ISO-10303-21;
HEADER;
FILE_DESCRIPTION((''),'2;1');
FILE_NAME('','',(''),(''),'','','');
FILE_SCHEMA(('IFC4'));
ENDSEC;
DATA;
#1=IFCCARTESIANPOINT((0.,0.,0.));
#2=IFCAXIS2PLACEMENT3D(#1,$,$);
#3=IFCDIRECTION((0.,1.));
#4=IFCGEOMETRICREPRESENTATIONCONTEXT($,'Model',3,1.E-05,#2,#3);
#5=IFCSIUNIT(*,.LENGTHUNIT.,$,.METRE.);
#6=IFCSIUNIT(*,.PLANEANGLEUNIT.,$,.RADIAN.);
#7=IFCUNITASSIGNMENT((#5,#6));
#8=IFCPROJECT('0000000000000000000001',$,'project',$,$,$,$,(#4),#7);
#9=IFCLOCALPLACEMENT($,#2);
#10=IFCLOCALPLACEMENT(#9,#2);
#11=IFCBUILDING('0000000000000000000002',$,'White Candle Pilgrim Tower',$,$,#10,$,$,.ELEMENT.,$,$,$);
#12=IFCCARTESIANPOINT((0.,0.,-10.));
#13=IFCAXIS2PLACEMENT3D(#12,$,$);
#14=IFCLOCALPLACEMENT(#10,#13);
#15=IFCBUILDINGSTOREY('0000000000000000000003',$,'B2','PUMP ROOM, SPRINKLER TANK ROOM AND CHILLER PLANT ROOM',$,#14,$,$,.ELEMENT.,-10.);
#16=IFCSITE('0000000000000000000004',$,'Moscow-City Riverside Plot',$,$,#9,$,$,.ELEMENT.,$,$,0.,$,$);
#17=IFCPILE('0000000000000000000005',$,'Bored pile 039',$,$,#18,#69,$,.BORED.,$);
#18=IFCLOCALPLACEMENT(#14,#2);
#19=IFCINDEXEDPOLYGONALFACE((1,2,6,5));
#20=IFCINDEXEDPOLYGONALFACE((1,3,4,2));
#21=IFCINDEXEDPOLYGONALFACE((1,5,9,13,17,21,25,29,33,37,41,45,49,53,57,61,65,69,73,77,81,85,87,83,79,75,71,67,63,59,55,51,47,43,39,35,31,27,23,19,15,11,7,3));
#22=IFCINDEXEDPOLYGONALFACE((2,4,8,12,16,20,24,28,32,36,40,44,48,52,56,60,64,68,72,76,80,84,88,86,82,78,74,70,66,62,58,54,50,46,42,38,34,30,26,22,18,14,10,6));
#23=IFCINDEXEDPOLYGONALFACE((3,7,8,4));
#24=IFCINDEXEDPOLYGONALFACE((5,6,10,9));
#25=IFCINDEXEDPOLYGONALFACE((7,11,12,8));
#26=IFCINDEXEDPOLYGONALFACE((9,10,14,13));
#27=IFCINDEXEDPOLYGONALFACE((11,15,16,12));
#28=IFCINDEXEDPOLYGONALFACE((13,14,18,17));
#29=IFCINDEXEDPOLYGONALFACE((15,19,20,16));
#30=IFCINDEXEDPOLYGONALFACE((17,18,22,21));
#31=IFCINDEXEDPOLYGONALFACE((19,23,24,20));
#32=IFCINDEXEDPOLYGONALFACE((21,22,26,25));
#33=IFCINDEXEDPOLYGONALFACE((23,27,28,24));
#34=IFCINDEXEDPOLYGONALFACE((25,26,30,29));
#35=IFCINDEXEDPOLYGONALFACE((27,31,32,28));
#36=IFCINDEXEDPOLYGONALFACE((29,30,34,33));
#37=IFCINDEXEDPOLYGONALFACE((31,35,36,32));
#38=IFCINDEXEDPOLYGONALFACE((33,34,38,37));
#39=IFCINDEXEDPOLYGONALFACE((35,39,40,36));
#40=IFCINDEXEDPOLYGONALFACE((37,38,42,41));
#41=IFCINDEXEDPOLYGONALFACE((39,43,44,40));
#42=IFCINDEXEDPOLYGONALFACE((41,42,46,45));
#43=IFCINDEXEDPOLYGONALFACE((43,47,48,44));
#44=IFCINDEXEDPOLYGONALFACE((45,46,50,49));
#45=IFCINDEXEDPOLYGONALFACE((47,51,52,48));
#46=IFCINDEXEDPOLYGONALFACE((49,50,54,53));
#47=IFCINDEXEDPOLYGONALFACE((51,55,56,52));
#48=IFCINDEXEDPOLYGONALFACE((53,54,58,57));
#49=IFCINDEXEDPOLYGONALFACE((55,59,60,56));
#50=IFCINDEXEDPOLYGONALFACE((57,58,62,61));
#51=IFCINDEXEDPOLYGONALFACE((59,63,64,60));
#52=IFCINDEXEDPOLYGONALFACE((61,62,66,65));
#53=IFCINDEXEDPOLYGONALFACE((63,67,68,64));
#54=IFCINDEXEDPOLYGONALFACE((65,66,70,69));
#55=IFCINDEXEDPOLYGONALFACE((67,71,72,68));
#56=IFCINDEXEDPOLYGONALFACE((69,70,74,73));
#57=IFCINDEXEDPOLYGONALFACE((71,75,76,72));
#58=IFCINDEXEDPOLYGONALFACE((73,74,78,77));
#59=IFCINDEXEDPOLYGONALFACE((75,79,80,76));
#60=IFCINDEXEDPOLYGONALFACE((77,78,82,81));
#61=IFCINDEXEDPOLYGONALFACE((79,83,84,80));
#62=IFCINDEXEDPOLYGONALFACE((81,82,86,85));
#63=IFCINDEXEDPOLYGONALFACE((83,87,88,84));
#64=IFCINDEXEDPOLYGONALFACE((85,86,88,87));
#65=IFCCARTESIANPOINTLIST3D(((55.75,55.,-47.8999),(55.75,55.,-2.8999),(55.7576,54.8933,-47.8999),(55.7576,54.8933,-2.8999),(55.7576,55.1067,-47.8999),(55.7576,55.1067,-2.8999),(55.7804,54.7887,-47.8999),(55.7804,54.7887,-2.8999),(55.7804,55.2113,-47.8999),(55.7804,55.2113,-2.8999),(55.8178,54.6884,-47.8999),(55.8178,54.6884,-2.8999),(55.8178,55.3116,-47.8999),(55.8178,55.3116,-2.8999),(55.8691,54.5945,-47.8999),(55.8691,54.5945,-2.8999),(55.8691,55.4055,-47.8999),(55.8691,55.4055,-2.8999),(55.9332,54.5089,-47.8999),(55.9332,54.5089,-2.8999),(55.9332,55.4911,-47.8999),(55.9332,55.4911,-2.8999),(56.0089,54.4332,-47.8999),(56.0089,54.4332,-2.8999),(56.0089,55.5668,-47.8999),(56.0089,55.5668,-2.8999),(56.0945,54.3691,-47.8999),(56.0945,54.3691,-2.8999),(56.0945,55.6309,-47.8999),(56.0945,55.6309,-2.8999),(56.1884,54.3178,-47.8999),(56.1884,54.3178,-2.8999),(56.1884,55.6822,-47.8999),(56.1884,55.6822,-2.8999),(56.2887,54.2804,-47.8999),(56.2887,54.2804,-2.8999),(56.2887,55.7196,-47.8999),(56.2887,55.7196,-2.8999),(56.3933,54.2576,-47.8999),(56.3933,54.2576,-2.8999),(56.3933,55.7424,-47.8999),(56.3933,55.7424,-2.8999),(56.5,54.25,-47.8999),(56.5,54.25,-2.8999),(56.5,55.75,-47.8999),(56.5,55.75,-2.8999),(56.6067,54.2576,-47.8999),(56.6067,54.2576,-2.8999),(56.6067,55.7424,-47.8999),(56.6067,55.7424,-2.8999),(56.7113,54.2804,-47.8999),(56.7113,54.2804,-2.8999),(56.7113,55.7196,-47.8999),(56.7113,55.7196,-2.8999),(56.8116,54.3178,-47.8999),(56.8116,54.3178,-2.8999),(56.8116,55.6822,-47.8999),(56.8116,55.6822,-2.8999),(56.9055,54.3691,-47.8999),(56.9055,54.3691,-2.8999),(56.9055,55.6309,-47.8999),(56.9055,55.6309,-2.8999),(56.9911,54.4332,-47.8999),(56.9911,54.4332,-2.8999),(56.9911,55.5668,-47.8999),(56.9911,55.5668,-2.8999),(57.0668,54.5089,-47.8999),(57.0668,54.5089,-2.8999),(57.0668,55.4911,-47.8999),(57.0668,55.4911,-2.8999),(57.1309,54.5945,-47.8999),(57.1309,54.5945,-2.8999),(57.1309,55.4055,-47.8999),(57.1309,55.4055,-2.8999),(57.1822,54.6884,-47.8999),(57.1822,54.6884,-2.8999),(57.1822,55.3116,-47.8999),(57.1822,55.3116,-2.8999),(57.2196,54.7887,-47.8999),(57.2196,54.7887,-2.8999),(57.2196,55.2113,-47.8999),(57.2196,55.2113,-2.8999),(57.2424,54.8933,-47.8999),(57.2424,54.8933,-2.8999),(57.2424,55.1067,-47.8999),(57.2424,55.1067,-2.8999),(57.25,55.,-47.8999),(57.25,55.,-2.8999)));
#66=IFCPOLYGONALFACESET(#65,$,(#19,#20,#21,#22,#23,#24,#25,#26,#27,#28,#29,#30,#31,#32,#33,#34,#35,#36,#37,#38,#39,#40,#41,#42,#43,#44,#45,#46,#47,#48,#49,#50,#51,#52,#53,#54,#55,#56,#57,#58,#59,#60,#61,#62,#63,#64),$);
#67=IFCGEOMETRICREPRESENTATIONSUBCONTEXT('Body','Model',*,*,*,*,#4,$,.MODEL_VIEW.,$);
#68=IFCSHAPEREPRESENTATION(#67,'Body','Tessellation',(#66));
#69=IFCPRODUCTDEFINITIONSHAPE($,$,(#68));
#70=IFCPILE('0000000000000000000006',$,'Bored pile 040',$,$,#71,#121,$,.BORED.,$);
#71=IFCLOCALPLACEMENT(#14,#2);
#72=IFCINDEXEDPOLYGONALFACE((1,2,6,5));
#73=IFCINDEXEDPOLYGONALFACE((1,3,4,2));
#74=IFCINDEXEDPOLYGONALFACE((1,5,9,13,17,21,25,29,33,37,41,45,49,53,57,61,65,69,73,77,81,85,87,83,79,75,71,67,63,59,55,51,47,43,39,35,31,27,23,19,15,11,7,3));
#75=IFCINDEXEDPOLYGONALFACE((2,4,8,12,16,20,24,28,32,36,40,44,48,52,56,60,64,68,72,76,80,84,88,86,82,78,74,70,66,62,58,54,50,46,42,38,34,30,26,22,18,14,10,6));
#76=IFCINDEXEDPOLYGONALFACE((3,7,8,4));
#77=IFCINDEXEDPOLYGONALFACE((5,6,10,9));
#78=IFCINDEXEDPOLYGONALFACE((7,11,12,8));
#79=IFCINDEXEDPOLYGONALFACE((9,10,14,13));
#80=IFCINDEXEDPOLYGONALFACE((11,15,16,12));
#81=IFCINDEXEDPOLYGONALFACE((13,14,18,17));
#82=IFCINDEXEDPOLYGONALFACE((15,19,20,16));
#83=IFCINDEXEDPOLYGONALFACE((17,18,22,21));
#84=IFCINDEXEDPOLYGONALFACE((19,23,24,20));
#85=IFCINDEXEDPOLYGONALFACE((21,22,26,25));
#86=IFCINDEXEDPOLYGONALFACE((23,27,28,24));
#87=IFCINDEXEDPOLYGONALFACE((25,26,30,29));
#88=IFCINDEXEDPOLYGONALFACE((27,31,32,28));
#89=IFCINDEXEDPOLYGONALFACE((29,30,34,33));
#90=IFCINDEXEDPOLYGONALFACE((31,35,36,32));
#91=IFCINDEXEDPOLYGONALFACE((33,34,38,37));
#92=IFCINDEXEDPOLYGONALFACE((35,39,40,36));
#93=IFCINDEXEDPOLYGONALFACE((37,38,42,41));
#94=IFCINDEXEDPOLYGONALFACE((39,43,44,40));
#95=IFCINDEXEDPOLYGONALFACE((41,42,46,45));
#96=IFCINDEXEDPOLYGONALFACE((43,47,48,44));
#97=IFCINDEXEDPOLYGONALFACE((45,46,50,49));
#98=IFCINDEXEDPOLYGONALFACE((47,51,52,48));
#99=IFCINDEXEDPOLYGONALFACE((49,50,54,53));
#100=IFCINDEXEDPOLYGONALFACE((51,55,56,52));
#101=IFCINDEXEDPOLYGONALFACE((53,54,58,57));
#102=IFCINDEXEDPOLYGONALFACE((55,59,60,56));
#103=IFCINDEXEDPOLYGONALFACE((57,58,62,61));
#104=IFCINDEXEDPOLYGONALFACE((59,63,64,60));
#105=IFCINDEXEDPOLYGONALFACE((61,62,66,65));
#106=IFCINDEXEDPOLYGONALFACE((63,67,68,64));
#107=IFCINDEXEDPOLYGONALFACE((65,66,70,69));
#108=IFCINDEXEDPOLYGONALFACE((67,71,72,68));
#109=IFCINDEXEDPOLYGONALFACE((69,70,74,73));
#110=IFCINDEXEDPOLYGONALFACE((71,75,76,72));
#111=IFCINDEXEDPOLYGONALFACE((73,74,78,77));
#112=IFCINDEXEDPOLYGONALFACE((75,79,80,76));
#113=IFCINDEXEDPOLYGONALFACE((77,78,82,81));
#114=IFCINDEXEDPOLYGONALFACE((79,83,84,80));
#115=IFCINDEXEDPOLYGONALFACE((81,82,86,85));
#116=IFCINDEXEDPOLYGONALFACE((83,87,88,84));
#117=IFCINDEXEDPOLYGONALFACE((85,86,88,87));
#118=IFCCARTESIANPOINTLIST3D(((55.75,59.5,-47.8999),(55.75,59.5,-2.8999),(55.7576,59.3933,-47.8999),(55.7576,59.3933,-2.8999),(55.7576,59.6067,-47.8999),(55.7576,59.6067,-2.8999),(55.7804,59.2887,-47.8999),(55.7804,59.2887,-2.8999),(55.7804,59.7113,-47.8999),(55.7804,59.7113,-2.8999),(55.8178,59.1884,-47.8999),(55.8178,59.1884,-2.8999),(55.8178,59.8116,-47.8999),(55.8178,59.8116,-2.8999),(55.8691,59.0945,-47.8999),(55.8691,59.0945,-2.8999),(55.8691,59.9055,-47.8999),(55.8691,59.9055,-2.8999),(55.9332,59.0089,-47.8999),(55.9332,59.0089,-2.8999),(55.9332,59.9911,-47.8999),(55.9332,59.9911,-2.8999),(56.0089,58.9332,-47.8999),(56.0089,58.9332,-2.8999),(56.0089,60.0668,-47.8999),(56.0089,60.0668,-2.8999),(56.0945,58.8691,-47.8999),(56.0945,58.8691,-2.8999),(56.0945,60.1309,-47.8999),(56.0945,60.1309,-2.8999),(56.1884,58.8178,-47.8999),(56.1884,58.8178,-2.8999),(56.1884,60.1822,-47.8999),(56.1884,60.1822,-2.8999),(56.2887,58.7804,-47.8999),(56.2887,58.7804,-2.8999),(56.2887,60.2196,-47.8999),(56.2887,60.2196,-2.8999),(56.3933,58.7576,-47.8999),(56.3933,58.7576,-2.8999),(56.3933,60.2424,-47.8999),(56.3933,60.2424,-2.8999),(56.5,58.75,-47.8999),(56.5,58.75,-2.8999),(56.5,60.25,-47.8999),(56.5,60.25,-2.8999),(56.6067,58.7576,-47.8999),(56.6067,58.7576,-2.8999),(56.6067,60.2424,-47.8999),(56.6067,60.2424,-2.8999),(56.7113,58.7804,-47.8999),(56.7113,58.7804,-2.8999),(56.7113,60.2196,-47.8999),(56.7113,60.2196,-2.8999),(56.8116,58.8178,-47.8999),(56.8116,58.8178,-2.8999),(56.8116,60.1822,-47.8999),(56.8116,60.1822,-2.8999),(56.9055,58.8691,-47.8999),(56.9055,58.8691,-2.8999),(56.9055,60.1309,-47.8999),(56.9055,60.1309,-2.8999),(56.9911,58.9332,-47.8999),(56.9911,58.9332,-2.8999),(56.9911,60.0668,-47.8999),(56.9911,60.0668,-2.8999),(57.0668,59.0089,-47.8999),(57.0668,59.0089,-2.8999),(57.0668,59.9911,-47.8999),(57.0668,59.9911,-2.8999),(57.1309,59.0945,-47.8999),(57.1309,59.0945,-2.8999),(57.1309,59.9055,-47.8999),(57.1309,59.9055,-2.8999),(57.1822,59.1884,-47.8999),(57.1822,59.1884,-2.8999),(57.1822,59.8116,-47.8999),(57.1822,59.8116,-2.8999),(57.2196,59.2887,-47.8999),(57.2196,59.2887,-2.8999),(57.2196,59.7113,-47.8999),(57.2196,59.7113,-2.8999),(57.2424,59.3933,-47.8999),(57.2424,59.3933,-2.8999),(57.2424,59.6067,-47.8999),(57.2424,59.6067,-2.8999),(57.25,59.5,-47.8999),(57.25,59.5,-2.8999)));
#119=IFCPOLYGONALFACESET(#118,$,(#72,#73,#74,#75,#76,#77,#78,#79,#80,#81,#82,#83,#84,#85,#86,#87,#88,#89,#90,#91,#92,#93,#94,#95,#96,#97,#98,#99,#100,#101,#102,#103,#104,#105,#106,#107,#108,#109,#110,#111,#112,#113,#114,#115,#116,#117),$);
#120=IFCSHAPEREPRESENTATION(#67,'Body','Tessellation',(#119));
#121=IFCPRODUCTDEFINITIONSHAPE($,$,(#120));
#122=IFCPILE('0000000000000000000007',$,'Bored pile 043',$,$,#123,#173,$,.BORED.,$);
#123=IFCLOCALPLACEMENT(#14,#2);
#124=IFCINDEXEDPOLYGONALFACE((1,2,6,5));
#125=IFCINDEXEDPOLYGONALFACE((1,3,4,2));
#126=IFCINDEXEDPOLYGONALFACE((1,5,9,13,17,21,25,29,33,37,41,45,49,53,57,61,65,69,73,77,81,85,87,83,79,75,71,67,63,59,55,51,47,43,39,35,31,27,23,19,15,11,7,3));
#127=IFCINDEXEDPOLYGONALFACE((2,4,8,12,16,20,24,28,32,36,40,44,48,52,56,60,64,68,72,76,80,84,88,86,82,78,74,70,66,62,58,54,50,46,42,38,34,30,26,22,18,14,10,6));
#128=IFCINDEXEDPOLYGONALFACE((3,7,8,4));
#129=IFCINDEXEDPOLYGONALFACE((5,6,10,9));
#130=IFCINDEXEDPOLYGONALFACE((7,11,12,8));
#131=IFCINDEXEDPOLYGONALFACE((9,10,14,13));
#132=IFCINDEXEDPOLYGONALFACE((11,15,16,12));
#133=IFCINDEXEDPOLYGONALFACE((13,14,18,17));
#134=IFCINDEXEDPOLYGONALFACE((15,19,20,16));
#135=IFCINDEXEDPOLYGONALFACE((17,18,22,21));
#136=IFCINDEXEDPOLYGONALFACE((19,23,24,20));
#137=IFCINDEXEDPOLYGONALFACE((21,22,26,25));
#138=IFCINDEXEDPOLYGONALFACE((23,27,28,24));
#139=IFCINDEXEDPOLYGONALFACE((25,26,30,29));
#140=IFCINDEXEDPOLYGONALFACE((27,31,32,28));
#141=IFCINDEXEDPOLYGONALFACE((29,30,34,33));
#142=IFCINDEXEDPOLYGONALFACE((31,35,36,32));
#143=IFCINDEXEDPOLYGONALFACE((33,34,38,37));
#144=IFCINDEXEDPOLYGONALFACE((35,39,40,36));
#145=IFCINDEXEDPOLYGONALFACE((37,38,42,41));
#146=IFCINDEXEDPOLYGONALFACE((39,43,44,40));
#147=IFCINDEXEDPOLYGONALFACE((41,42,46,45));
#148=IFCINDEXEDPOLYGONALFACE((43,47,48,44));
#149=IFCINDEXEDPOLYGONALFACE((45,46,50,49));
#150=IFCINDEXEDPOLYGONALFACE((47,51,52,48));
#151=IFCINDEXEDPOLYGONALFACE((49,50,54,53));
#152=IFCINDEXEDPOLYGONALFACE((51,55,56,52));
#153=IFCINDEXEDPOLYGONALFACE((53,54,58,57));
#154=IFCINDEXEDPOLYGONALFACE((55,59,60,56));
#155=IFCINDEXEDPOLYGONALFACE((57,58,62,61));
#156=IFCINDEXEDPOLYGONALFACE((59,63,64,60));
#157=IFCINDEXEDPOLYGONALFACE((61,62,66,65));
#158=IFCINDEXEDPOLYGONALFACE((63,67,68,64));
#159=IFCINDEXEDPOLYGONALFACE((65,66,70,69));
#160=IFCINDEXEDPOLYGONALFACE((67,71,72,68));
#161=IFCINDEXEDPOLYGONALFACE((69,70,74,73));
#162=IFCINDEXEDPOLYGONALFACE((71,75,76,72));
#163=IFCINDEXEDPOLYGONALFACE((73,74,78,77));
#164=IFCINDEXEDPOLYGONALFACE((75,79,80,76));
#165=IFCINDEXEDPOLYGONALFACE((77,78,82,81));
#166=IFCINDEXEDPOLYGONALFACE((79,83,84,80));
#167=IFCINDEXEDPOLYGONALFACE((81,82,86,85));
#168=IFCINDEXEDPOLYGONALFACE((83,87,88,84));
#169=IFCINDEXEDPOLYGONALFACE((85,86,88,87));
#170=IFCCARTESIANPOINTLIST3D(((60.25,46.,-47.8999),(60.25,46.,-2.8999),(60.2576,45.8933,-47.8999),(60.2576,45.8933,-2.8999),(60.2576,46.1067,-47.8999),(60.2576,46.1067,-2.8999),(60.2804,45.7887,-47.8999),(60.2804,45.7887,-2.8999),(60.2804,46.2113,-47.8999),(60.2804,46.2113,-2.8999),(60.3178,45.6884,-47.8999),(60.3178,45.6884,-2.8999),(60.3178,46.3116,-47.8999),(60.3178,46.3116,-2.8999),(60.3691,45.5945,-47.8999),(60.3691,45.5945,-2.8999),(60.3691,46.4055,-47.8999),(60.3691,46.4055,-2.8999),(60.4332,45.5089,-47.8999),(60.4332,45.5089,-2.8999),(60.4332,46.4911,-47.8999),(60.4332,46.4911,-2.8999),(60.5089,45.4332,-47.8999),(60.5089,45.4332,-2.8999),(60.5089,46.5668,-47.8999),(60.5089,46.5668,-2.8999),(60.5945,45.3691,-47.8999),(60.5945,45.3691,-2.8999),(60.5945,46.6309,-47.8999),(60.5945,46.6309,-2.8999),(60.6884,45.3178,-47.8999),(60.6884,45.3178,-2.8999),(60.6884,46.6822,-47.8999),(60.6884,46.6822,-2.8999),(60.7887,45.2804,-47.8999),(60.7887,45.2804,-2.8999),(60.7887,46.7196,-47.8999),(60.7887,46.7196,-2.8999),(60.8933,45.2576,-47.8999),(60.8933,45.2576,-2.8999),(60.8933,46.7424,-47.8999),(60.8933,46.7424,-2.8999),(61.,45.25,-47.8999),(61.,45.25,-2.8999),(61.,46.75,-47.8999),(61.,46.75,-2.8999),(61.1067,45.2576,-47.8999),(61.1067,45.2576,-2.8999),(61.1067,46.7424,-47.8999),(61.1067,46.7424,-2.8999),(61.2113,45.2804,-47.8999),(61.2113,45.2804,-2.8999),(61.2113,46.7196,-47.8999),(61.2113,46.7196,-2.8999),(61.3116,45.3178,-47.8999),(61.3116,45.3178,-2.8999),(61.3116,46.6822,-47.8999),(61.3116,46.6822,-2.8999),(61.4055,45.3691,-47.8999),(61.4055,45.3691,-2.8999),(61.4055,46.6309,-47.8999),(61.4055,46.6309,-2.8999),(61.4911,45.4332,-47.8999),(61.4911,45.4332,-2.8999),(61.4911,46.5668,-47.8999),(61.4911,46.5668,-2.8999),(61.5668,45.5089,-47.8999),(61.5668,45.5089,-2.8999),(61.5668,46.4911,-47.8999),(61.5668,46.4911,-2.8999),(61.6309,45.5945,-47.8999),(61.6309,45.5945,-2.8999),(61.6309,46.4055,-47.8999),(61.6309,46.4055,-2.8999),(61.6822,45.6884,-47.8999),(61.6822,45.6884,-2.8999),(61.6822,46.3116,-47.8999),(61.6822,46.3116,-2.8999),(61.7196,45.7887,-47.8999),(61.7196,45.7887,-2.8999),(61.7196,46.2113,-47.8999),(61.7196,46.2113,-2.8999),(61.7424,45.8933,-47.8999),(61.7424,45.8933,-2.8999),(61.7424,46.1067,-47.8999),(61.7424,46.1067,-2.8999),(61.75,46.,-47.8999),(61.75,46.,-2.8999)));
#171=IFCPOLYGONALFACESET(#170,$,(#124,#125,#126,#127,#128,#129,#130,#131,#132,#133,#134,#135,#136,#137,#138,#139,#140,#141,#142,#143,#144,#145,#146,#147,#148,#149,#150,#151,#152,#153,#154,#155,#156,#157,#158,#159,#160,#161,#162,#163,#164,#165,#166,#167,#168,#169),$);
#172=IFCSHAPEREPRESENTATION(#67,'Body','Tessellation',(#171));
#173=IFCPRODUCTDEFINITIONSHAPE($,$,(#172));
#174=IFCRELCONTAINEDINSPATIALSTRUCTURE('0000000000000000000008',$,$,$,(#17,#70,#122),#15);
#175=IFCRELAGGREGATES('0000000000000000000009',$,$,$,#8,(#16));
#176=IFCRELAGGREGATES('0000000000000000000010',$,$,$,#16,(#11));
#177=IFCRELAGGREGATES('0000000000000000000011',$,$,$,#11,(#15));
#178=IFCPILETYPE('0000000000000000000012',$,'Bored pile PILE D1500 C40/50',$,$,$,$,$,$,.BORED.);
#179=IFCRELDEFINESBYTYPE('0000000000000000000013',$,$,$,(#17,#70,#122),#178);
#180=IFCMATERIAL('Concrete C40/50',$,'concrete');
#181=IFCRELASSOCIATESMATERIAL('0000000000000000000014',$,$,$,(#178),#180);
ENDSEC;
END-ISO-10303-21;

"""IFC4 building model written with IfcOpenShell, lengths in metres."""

from ifc_helpers import new_model, si_unit, direction, frame, origin, origin_2d, place, context, subcontext, project, spatial, circle, extrude, material, material_profile, profile_set, type_object, element, save


model = new_model("IFC4")

# Units and contexts
model_context = context("Model", 3, precision=1e-05, world=origin(), true_north=direction((0.0, 1.0)))
body_context = subcontext(model_context, "Body", "Model", "MODEL_VIEW")
ifc_project = project(units=[si_unit("LENGTHUNIT", "METRE"), si_unit("PLANEANGLEUNIT", "RADIAN")], contexts=[model_context])

# Site, building, storey
site_placement = place(None, origin())
site = spatial("IfcSite", under=ifc_project, at=site_placement, Name="Moscow-City Riverside Plot", CompositionType="ELEMENT", RefElevation=0.0)
building_placement = place(site_placement, origin())
building = spatial("IfcBuilding", under=site, at=building_placement, Name="White Candle Pilgrim Tower", CompositionType="ELEMENT")
storey_placement = place(building_placement, frame((0.0, 0.0, -10.0)))
storey = spatial("IfcBuildingStorey", under=building, at=storey_placement, Name="B2", Description="PUMP ROOM, SPRINKLER TANK ROOM AND CHILLER PLANT ROOM", CompositionType="ELEMENT", Elevation=-10.0)

# Piles
ifc_material_1 = material(Name="Concrete C40/50", Category="concrete")
ifc_material_profile_1 = material_profile(ifc_material_1, circle(Radius=0.75, at=origin_2d()), Name="PILE D1500")
ifc_profile_set_1 = profile_set([ifc_material_profile_1], Name="Concrete C40/50")
pile_type = type_object("IfcPileType", Name="Bored pile PILE D1500 C40/50", PredefinedType="BORED", material=ifc_profile_set_1)
for number, where, z_axis, x_axis, name in (
    (1, (56.5, 55.0, -2.8999), (0.0, 0.0, -1.0), (1.0, 0.0, 0.0), "Bored pile 039"),
    (2, (56.5, 59.5, -2.8999), (0.0, 0.0, -1.0), (1.0, 0.0, 0.0), "Bored pile 040"),
    (3, (61.0, 46.0, -2.8999), (0.0, 0.0, -1.0), (1.0, 0.0, 0.0), "Bored pile 043"),
):
    element("IfcPile", number, at=place(storey_placement, frame(where, z_axis=z_axis, x_axis=x_axis)), inside=storey, type_object=pile_type, Name=name, PredefinedType="BORED", context=body_context, shape_type="SweptSolid", body=[
        extrude(circle(Radius=0.75, at=origin_2d()), origin(), (0.0, 0.0, 1.0), 45.0),
    ])

save(model, "model.ifc")
